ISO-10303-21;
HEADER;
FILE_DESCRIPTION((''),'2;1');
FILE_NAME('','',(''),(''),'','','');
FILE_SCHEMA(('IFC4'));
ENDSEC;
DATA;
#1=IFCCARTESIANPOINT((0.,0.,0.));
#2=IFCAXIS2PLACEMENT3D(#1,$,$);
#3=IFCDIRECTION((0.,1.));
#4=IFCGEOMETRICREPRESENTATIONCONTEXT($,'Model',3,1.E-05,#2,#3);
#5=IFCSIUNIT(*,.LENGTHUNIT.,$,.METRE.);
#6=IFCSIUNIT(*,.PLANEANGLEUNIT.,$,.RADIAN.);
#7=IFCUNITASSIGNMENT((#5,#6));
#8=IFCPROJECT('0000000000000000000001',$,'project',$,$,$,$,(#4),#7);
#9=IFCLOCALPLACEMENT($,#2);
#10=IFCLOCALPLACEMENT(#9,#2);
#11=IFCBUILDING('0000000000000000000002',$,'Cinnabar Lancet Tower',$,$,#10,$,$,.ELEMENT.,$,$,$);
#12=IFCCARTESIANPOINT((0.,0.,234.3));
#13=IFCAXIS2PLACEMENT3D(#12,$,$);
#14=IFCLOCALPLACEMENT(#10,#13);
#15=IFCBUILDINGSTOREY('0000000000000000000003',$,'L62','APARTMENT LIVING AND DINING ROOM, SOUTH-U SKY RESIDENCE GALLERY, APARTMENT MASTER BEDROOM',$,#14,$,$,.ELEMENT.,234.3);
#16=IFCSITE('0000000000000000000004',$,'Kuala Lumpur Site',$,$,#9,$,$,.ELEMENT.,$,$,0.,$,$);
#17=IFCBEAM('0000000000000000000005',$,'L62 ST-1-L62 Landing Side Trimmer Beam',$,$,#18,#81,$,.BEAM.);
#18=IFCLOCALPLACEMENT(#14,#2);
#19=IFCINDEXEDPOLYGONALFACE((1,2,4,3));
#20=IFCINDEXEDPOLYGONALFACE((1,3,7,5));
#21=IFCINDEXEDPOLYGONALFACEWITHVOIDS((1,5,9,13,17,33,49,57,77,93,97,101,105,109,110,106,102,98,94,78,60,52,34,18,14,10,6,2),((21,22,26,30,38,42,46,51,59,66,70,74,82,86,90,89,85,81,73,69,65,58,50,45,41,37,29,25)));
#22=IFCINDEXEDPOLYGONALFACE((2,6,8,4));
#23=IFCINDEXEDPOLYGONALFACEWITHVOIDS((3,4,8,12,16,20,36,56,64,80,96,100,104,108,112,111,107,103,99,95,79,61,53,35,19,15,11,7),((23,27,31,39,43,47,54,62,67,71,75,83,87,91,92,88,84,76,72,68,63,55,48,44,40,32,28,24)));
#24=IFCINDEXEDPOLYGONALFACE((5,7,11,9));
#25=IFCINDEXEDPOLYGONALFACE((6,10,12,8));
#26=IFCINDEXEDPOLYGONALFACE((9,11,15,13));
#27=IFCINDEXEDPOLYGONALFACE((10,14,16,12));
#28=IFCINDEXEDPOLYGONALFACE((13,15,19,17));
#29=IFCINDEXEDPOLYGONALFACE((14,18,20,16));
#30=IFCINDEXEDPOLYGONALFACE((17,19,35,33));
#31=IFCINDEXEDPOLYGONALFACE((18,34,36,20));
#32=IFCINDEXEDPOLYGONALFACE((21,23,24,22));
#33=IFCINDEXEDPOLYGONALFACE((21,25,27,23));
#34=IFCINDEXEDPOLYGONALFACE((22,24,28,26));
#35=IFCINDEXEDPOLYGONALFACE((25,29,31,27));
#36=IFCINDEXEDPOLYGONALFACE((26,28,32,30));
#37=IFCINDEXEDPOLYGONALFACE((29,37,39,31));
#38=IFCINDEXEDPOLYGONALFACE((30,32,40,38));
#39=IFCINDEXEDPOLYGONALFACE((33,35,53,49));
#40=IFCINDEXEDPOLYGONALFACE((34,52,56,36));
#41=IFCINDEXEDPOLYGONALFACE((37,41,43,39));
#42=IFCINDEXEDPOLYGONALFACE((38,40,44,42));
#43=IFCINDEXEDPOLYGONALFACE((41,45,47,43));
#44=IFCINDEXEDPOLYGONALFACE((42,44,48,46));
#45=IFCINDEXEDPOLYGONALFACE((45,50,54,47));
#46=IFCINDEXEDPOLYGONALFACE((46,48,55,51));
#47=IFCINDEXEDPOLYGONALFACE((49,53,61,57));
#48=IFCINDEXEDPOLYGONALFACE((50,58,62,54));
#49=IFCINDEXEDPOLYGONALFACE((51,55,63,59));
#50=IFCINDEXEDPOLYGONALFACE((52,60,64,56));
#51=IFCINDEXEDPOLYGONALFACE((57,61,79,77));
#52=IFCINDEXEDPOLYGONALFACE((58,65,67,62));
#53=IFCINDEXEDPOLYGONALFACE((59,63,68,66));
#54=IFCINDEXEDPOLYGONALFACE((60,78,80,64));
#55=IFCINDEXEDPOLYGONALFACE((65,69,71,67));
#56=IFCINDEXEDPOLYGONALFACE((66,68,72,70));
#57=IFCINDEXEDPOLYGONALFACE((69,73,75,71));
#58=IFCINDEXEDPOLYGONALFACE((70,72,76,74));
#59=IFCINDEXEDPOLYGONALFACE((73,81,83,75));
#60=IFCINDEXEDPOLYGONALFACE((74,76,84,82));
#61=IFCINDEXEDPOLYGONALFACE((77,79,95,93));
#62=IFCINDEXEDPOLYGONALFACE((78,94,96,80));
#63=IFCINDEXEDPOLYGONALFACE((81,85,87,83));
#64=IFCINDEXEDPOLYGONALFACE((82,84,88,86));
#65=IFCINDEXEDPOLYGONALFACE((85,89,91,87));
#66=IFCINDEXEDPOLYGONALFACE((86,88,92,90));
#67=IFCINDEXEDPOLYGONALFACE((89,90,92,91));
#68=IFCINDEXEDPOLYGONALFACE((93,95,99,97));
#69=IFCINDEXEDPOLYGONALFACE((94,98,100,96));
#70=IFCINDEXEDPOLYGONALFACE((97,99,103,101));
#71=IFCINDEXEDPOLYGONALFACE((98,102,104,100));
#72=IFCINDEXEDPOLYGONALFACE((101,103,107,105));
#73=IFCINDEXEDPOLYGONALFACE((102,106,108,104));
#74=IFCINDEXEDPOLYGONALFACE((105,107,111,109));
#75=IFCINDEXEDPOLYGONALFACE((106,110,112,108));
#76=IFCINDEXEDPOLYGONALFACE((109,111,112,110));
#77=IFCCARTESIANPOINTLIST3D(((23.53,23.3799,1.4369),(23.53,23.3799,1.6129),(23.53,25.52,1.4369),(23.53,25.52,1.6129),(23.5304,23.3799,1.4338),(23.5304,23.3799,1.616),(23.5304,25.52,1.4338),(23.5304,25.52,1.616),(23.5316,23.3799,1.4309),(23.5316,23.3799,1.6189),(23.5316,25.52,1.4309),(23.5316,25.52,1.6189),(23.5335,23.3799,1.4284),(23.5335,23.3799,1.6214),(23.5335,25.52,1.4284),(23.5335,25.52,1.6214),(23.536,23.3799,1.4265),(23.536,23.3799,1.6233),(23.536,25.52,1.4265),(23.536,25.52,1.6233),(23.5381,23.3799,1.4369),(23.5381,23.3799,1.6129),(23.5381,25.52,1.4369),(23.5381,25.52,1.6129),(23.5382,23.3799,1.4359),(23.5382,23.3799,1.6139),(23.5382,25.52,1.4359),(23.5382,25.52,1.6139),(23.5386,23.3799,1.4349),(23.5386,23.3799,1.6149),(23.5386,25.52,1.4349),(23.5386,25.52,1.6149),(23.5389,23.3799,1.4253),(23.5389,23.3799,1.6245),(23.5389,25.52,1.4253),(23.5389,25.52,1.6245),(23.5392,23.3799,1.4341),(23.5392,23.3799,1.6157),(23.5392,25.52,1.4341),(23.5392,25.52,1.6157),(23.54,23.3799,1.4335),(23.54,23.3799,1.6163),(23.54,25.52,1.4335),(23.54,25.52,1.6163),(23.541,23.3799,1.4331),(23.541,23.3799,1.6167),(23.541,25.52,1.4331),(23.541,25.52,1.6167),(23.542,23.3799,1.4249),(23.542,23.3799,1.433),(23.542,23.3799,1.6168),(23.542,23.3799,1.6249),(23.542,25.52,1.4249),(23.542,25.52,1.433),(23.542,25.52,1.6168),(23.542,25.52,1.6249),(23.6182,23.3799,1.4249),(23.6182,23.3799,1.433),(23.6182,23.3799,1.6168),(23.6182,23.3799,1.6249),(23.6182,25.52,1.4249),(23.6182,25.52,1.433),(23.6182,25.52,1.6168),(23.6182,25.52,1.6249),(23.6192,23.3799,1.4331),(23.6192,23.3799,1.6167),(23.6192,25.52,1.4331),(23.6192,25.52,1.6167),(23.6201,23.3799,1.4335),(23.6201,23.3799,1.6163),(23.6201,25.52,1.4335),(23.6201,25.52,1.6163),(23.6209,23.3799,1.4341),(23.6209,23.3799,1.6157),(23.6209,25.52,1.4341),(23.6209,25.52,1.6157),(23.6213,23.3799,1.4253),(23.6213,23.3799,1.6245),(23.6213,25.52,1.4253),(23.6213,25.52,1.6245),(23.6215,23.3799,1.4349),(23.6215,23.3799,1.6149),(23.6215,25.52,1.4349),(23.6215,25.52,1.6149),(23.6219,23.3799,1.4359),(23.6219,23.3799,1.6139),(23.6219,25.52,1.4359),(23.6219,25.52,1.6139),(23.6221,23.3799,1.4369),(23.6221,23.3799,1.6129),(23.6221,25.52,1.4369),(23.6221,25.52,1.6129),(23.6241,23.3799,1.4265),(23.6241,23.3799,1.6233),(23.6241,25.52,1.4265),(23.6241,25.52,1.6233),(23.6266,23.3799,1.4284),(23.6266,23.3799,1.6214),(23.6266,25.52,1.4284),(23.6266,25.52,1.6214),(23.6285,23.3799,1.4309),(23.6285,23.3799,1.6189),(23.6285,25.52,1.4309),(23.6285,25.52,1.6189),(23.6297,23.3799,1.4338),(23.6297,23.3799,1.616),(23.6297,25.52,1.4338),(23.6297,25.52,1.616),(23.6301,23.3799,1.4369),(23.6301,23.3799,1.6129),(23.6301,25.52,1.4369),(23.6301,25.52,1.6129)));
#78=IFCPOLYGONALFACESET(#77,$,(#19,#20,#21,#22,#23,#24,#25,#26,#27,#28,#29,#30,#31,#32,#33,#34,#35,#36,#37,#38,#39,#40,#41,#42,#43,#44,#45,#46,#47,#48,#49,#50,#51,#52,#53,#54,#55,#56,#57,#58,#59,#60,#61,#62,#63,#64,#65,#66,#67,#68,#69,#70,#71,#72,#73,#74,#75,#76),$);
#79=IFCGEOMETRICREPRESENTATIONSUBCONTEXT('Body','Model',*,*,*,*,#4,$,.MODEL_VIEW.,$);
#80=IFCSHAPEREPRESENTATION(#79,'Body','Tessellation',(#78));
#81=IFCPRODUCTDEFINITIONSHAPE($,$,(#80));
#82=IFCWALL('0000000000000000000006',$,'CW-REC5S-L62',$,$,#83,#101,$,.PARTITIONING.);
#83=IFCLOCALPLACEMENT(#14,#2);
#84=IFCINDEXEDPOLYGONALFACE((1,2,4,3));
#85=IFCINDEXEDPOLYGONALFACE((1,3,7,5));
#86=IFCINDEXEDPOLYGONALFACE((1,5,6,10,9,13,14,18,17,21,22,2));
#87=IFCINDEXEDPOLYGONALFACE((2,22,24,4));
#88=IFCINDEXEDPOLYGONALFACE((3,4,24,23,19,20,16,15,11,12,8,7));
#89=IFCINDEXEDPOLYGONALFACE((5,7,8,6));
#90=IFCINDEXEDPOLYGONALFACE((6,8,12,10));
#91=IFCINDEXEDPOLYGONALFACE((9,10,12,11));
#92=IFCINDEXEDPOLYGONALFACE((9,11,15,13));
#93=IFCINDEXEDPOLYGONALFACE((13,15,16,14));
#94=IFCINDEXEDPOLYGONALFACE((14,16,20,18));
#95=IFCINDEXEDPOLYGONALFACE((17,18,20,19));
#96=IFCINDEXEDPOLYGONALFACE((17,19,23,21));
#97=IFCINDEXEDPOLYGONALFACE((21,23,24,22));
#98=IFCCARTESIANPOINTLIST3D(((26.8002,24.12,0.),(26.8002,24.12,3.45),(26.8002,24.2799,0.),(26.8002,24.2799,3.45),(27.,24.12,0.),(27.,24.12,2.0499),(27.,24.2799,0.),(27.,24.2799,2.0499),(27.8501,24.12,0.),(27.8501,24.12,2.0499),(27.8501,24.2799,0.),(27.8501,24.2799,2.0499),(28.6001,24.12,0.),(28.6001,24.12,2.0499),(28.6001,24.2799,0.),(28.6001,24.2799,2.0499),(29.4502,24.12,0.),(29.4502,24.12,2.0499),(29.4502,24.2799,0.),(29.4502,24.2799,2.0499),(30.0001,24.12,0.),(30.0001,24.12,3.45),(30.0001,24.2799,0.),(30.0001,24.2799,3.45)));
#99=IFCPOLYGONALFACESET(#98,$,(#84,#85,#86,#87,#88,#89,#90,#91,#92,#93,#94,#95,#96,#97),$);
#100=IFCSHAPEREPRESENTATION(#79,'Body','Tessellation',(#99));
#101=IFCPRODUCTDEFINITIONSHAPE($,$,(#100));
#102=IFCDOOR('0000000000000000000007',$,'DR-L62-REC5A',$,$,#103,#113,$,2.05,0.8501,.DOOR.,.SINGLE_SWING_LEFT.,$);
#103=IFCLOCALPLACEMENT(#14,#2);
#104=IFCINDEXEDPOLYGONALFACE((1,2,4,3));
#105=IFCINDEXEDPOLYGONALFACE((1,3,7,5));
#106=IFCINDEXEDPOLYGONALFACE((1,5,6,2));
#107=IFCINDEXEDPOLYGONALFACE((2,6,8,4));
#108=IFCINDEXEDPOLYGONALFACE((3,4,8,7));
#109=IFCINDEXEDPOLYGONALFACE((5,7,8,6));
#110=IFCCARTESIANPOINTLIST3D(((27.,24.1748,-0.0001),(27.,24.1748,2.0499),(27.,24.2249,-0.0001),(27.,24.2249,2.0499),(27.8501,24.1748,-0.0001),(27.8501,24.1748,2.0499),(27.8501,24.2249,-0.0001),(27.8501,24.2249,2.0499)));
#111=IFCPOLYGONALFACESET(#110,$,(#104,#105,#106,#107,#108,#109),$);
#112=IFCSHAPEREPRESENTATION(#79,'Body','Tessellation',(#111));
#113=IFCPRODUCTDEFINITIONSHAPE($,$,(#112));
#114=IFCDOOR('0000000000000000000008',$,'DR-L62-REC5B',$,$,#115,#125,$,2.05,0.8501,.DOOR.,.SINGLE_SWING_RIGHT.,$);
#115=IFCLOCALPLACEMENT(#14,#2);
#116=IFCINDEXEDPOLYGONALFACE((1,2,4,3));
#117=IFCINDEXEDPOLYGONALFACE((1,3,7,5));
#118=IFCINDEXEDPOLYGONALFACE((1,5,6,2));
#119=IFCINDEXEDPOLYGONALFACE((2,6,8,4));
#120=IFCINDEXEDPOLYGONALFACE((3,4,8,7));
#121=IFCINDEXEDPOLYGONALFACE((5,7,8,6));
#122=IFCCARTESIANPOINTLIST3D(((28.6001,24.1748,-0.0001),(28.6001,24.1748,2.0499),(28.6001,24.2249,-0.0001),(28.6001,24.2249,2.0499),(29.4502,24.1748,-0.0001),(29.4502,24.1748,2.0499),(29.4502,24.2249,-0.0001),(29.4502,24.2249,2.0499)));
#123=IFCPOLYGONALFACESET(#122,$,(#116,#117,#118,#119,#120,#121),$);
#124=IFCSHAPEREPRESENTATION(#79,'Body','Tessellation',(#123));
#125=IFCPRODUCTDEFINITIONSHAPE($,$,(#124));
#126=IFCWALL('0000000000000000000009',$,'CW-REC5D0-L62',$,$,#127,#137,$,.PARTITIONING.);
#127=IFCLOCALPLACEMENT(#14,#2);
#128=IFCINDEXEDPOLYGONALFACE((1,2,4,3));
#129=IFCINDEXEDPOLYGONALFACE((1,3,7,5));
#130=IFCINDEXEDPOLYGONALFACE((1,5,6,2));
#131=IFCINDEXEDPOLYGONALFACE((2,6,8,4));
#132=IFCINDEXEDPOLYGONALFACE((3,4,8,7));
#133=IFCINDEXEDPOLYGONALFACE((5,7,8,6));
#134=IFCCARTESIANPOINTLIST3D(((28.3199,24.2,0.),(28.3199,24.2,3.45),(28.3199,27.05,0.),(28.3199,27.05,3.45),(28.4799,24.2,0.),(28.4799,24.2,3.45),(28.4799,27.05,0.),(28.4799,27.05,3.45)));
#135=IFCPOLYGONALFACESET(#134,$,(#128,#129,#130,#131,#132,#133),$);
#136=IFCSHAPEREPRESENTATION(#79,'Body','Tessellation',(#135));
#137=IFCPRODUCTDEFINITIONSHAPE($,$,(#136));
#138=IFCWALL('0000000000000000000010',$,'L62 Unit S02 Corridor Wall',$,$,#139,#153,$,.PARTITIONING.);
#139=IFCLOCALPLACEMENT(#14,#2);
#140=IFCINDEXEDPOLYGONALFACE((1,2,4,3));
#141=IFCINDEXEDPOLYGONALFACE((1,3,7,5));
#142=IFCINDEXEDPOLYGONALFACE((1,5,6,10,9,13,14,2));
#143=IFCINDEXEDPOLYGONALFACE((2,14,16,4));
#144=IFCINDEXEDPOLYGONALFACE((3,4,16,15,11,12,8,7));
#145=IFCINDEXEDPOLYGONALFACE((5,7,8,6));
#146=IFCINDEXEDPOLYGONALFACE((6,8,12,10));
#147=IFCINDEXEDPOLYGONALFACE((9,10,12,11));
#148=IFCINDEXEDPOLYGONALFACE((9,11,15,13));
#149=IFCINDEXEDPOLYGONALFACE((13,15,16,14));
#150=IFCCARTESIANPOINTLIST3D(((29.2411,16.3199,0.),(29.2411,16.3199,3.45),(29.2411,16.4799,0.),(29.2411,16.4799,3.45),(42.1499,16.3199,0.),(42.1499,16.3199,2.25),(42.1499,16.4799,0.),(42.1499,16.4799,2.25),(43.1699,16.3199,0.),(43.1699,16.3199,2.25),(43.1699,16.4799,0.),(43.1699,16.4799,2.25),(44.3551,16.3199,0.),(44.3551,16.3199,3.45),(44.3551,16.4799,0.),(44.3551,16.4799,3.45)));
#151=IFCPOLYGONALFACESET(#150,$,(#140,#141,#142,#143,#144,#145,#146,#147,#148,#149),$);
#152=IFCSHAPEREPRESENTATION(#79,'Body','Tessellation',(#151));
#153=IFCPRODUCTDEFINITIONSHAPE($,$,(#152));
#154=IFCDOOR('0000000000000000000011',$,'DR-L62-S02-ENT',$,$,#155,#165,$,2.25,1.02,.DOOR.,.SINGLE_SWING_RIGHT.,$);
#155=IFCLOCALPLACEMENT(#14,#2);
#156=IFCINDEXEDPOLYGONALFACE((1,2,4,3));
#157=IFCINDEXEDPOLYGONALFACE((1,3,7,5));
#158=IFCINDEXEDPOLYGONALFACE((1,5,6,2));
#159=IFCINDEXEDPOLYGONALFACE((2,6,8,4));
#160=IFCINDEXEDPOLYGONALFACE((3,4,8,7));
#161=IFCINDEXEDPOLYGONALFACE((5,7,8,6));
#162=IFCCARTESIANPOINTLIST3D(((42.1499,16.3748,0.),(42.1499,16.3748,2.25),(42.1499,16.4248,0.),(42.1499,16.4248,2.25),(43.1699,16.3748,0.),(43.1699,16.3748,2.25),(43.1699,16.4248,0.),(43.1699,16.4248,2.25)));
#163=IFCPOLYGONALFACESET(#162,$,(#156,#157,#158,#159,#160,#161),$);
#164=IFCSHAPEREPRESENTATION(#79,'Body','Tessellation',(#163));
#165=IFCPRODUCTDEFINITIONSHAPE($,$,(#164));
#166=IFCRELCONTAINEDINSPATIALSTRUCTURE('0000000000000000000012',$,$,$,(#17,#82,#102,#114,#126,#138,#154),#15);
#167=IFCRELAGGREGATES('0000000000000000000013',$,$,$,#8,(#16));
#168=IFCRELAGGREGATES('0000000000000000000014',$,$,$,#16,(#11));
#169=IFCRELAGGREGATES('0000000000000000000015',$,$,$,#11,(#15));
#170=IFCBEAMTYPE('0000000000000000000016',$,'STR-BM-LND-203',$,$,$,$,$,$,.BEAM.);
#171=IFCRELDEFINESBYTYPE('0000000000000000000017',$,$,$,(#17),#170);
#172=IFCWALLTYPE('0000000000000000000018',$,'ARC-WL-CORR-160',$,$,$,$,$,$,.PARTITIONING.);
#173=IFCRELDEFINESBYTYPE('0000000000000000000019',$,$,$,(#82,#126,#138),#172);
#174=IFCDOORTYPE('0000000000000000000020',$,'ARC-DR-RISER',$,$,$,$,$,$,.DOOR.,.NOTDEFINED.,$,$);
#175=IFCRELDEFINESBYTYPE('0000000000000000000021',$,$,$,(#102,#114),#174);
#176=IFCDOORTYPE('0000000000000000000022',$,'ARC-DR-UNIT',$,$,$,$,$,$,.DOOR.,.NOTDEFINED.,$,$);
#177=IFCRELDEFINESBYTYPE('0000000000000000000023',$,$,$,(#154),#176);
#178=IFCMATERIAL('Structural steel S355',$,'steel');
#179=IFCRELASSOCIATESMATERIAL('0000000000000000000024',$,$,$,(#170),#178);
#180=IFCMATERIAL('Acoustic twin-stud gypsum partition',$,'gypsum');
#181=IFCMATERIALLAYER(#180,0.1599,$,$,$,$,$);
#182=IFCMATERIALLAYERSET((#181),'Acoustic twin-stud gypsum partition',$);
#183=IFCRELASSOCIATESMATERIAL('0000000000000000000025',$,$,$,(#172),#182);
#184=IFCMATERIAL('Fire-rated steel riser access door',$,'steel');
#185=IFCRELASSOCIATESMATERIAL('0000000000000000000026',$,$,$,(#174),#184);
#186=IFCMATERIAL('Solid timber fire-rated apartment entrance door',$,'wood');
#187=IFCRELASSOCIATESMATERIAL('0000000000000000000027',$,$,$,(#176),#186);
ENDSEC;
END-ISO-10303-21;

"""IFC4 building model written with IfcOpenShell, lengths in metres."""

from ifc_helpers import new_model, si_unit, direction, frame, frame_2d, origin, origin_2d, place, context, subcontext, project, spatial, rectangle, hollow_rectangle, extrude, material, layer, layer_set, material_profile, profile_set, type_object, element, fill, save


model = new_model("IFC4")

# Units and contexts
model_context = context("Model", 3, precision=1e-05, world=origin(), true_north=direction((0.0, 1.0)))
body_context = subcontext(model_context, "Body", "Model", "MODEL_VIEW")
ifc_project = project(units=[si_unit("LENGTHUNIT", "METRE"), si_unit("PLANEANGLEUNIT", "RADIAN")], contexts=[model_context])

# Site, building, storey
site_placement = place(None, origin())
site = spatial("IfcSite", under=ifc_project, at=site_placement, Name="Kuala Lumpur Site", CompositionType="ELEMENT", RefElevation=0.0)
building_placement = place(site_placement, origin())
building = spatial("IfcBuilding", under=site, at=building_placement, Name="Cinnabar Lancet Tower", CompositionType="ELEMENT")
storey_placement = place(building_placement, frame((0.0, 0.0, 234.3)))
storey = spatial("IfcBuildingStorey", under=building, at=storey_placement, Name="L62", Description="APARTMENT LIVING AND DINING ROOM, SOUTH-U SKY RESIDENCE GALLERY, APARTMENT MASTER BEDROOM", CompositionType="ELEMENT", Elevation=234.3)

# Beam
ifc_material_1 = material(Name="Structural steel S355", Category="steel")
ifc_material_profile_1 = material_profile(ifc_material_1, hollow_rectangle(XDim=0.1001, YDim=0.2, WallThickness=0.0081, InnerFilletRadius=0.0039, OuterFilletRadius=0.012, at=origin_2d()), Name="RHS 200x100x8")
ifc_profile_set_1 = profile_set([ifc_material_profile_1], Name="Structural steel S355")
beam_type_1 = type_object("IfcBeamType", Name="STR-BM-LND-203", PredefinedType="BEAM", material=ifc_profile_set_1)
beam_1_placement = place(storey_placement, frame((23.5801, 23.3799, 1.5249), z_axis=(0.0, 1.0, 0.0), x_axis=(-1.0, 0.0, 0.0)))
element("IfcBeam", 1, at=beam_1_placement, inside=storey, type_object=beam_type_1, Name="L62 ST-1-L62 Landing Side Trimmer Beam", PredefinedType="BEAM", context=body_context, shape_type="SweptSolid", body=[
    extrude(hollow_rectangle(XDim=0.1001, YDim=0.2, WallThickness=0.0081, InnerFilletRadius=0.0039, OuterFilletRadius=0.012, at=origin_2d()), origin(), (0.0, 0.0, 1.0), 2.1401),
])

# Wall, openings, doors
ifc_material_2 = material(Name="Acoustic twin-stud gypsum partition", Category="gypsum")
ifc_layer_1 = layer(ifc_material_2, 0.1599)
ifc_layer_set_1 = layer_set([ifc_layer_1], Name="Acoustic twin-stud gypsum partition")
wall_type_1 = type_object("IfcWallType", Name="ARC-WL-CORR-160", PredefinedType="PARTITIONING", material=ifc_layer_set_1)
wall_1_placement = place(storey_placement, frame((26.8, 24.2, 0.0), z_axis=(0.0, 0.0, 1.0), x_axis=(1.0, 0.0, 0.0)))
wall_1 = element("IfcWall", 2, at=wall_1_placement, inside=storey, type_object=wall_type_1, Name="CW-REC5S-L62", PredefinedType="PARTITIONING", context=body_context, shape_type="SweptSolid", body=[
    extrude(rectangle(XDim=3.2, YDim=0.1599, at=frame_2d((1.6001, 0.0))), origin(), (0.0, 0.0, 1.0), 3.45),
])
opening_1_placement = place(wall_1_placement, frame((0.2, 0.0, 0.0)))
opening_1 = element("IfcOpeningElement", 3, at=opening_1_placement, cuts=wall_1, PredefinedType="OPENING", context=body_context, shape_type="SweptSolid", body=[
    extrude(rectangle(XDim=0.8501, YDim=2.05, at=frame_2d((0.425, 1.0249))), frame((0.0, 0.0898, 0.0), z_axis=(0.0, -1.0, 0.0), x_axis=(1.0, 0.0, 0.0)), (0.0, 0.0, 1.0), 0.1799),
])
opening_2_placement = place(wall_1_placement, frame((1.8, 0.0, 0.0)))
opening_2 = element("IfcOpeningElement", 4, at=opening_2_placement, cuts=wall_1, PredefinedType="OPENING", context=body_context, shape_type="SweptSolid", body=[
    extrude(rectangle(XDim=0.8501, YDim=2.05, at=frame_2d((0.425, 1.0249))), frame((0.0, 0.0898, 0.0), z_axis=(0.0, -1.0, 0.0), x_axis=(1.0, 0.0, 0.0)), (0.0, 0.0, 1.0), 0.1799),
])
ifc_material_3 = material(Name="Fire-rated steel riser access door", Category="steel")
door_type_1 = type_object("IfcDoorType", Name="ARC-DR-RISER", OperationType="NOTDEFINED", PredefinedType="DOOR", material=ifc_material_3)
door_1_placement = place(opening_1_placement, origin())
door_1 = element("IfcDoor", 5, at=door_1_placement, inside=storey, type_object=door_type_1, Name="DR-L62-REC5A", OperationType="SINGLE_SWING_LEFT", OverallHeight=2.05, OverallWidth=0.8501, PredefinedType="DOOR", context=body_context, shape_type="SweptSolid", body=[
    extrude(rectangle(XDim=0.8501, YDim=2.05, at=frame_2d((0.425, 1.0249))), frame((0.0, 0.0249, 0.0), z_axis=(0.0, -1.0, 0.0), x_axis=(1.0, 0.0, 0.0)), (0.0, 0.0, 1.0), 0.05),
])
fill(opening_1, door_1)
door_2_placement = place(opening_2_placement, origin())
door_2 = element("IfcDoor", 6, at=door_2_placement, inside=storey, type_object=door_type_1, Name="DR-L62-REC5B", OperationType="SINGLE_SWING_RIGHT", OverallHeight=2.05, OverallWidth=0.8501, PredefinedType="DOOR", context=body_context, shape_type="SweptSolid", body=[
    extrude(rectangle(XDim=0.8501, YDim=2.05, at=frame_2d((0.425, 1.0249))), frame((0.0, 0.0249, 0.0), z_axis=(0.0, -1.0, 0.0), x_axis=(1.0, 0.0, 0.0)), (0.0, 0.0, 1.0), 0.05),
])
fill(opening_2, door_2)

# Wall
wall_2_placement = place(storey_placement, frame((28.3999, 24.2, 0.0), z_axis=(0.0, 0.0, 1.0), x_axis=(0.0, 1.0, 0.0)))
element("IfcWall", 7, at=wall_2_placement, inside=storey, type_object=wall_type_1, Name="CW-REC5D0-L62", PredefinedType="PARTITIONING", context=body_context, shape_type="SweptSolid", body=[
    extrude(rectangle(XDim=2.8501, YDim=0.1599, at=frame_2d((1.425, 0.0))), origin(), (0.0, 0.0, 1.0), 3.45),
])

# Wall, opening, door
wall_3_placement = place(storey_placement, frame((29.241, 16.3999, 0.0), z_axis=(0.0, 0.0, 1.0), x_axis=(1.0, 0.0, 0.0)))
wall_3 = element("IfcWall", 8, at=wall_3_placement, inside=storey, type_object=wall_type_1, Name="L62 Unit S02 Corridor Wall", PredefinedType="PARTITIONING", context=body_context, shape_type="SweptSolid", body=[
    extrude(rectangle(XDim=15.114, YDim=0.1599, at=frame_2d((7.5571, 0.0))), origin(), (0.0, 0.0, 1.0), 3.45),
])
opening_3_placement = place(wall_3_placement, frame((12.9089, 0.0, 0.0)))
opening_3 = element("IfcOpeningElement", 9, at=opening_3_placement, cuts=wall_3, PredefinedType="OPENING", context=body_context, shape_type="SweptSolid", body=[
    extrude(rectangle(XDim=1.02, YDim=2.25, at=frame_2d((0.51, 1.125))), frame((0.0, 0.0898, 0.0), z_axis=(0.0, -1.0, 0.0), x_axis=(1.0, 0.0, 0.0)), (0.0, 0.0, 1.0), 0.1799),
])
ifc_material_4 = material(Name="Solid timber fire-rated apartment entrance door", Category="wood")
door_type_2 = type_object("IfcDoorType", Name="ARC-DR-UNIT", OperationType="NOTDEFINED", PredefinedType="DOOR", material=ifc_material_4)
door_3_placement = place(opening_3_placement, origin())
door_3 = element("IfcDoor", 10, at=door_3_placement, inside=storey, type_object=door_type_2, Name="DR-L62-S02-ENT", OperationType="SINGLE_SWING_RIGHT", OverallHeight=2.25, OverallWidth=1.02, PredefinedType="DOOR", context=body_context, shape_type="SweptSolid", body=[
    extrude(rectangle(XDim=1.02, YDim=2.25, at=frame_2d((0.51, 1.125))), frame((0.0, 0.0249, 0.0), z_axis=(0.0, -1.0, 0.0), x_axis=(1.0, 0.0, 0.0)), (0.0, 0.0, 1.0), 0.05),
])
fill(opening_3, door_3)

save(model, "model.ifc")
